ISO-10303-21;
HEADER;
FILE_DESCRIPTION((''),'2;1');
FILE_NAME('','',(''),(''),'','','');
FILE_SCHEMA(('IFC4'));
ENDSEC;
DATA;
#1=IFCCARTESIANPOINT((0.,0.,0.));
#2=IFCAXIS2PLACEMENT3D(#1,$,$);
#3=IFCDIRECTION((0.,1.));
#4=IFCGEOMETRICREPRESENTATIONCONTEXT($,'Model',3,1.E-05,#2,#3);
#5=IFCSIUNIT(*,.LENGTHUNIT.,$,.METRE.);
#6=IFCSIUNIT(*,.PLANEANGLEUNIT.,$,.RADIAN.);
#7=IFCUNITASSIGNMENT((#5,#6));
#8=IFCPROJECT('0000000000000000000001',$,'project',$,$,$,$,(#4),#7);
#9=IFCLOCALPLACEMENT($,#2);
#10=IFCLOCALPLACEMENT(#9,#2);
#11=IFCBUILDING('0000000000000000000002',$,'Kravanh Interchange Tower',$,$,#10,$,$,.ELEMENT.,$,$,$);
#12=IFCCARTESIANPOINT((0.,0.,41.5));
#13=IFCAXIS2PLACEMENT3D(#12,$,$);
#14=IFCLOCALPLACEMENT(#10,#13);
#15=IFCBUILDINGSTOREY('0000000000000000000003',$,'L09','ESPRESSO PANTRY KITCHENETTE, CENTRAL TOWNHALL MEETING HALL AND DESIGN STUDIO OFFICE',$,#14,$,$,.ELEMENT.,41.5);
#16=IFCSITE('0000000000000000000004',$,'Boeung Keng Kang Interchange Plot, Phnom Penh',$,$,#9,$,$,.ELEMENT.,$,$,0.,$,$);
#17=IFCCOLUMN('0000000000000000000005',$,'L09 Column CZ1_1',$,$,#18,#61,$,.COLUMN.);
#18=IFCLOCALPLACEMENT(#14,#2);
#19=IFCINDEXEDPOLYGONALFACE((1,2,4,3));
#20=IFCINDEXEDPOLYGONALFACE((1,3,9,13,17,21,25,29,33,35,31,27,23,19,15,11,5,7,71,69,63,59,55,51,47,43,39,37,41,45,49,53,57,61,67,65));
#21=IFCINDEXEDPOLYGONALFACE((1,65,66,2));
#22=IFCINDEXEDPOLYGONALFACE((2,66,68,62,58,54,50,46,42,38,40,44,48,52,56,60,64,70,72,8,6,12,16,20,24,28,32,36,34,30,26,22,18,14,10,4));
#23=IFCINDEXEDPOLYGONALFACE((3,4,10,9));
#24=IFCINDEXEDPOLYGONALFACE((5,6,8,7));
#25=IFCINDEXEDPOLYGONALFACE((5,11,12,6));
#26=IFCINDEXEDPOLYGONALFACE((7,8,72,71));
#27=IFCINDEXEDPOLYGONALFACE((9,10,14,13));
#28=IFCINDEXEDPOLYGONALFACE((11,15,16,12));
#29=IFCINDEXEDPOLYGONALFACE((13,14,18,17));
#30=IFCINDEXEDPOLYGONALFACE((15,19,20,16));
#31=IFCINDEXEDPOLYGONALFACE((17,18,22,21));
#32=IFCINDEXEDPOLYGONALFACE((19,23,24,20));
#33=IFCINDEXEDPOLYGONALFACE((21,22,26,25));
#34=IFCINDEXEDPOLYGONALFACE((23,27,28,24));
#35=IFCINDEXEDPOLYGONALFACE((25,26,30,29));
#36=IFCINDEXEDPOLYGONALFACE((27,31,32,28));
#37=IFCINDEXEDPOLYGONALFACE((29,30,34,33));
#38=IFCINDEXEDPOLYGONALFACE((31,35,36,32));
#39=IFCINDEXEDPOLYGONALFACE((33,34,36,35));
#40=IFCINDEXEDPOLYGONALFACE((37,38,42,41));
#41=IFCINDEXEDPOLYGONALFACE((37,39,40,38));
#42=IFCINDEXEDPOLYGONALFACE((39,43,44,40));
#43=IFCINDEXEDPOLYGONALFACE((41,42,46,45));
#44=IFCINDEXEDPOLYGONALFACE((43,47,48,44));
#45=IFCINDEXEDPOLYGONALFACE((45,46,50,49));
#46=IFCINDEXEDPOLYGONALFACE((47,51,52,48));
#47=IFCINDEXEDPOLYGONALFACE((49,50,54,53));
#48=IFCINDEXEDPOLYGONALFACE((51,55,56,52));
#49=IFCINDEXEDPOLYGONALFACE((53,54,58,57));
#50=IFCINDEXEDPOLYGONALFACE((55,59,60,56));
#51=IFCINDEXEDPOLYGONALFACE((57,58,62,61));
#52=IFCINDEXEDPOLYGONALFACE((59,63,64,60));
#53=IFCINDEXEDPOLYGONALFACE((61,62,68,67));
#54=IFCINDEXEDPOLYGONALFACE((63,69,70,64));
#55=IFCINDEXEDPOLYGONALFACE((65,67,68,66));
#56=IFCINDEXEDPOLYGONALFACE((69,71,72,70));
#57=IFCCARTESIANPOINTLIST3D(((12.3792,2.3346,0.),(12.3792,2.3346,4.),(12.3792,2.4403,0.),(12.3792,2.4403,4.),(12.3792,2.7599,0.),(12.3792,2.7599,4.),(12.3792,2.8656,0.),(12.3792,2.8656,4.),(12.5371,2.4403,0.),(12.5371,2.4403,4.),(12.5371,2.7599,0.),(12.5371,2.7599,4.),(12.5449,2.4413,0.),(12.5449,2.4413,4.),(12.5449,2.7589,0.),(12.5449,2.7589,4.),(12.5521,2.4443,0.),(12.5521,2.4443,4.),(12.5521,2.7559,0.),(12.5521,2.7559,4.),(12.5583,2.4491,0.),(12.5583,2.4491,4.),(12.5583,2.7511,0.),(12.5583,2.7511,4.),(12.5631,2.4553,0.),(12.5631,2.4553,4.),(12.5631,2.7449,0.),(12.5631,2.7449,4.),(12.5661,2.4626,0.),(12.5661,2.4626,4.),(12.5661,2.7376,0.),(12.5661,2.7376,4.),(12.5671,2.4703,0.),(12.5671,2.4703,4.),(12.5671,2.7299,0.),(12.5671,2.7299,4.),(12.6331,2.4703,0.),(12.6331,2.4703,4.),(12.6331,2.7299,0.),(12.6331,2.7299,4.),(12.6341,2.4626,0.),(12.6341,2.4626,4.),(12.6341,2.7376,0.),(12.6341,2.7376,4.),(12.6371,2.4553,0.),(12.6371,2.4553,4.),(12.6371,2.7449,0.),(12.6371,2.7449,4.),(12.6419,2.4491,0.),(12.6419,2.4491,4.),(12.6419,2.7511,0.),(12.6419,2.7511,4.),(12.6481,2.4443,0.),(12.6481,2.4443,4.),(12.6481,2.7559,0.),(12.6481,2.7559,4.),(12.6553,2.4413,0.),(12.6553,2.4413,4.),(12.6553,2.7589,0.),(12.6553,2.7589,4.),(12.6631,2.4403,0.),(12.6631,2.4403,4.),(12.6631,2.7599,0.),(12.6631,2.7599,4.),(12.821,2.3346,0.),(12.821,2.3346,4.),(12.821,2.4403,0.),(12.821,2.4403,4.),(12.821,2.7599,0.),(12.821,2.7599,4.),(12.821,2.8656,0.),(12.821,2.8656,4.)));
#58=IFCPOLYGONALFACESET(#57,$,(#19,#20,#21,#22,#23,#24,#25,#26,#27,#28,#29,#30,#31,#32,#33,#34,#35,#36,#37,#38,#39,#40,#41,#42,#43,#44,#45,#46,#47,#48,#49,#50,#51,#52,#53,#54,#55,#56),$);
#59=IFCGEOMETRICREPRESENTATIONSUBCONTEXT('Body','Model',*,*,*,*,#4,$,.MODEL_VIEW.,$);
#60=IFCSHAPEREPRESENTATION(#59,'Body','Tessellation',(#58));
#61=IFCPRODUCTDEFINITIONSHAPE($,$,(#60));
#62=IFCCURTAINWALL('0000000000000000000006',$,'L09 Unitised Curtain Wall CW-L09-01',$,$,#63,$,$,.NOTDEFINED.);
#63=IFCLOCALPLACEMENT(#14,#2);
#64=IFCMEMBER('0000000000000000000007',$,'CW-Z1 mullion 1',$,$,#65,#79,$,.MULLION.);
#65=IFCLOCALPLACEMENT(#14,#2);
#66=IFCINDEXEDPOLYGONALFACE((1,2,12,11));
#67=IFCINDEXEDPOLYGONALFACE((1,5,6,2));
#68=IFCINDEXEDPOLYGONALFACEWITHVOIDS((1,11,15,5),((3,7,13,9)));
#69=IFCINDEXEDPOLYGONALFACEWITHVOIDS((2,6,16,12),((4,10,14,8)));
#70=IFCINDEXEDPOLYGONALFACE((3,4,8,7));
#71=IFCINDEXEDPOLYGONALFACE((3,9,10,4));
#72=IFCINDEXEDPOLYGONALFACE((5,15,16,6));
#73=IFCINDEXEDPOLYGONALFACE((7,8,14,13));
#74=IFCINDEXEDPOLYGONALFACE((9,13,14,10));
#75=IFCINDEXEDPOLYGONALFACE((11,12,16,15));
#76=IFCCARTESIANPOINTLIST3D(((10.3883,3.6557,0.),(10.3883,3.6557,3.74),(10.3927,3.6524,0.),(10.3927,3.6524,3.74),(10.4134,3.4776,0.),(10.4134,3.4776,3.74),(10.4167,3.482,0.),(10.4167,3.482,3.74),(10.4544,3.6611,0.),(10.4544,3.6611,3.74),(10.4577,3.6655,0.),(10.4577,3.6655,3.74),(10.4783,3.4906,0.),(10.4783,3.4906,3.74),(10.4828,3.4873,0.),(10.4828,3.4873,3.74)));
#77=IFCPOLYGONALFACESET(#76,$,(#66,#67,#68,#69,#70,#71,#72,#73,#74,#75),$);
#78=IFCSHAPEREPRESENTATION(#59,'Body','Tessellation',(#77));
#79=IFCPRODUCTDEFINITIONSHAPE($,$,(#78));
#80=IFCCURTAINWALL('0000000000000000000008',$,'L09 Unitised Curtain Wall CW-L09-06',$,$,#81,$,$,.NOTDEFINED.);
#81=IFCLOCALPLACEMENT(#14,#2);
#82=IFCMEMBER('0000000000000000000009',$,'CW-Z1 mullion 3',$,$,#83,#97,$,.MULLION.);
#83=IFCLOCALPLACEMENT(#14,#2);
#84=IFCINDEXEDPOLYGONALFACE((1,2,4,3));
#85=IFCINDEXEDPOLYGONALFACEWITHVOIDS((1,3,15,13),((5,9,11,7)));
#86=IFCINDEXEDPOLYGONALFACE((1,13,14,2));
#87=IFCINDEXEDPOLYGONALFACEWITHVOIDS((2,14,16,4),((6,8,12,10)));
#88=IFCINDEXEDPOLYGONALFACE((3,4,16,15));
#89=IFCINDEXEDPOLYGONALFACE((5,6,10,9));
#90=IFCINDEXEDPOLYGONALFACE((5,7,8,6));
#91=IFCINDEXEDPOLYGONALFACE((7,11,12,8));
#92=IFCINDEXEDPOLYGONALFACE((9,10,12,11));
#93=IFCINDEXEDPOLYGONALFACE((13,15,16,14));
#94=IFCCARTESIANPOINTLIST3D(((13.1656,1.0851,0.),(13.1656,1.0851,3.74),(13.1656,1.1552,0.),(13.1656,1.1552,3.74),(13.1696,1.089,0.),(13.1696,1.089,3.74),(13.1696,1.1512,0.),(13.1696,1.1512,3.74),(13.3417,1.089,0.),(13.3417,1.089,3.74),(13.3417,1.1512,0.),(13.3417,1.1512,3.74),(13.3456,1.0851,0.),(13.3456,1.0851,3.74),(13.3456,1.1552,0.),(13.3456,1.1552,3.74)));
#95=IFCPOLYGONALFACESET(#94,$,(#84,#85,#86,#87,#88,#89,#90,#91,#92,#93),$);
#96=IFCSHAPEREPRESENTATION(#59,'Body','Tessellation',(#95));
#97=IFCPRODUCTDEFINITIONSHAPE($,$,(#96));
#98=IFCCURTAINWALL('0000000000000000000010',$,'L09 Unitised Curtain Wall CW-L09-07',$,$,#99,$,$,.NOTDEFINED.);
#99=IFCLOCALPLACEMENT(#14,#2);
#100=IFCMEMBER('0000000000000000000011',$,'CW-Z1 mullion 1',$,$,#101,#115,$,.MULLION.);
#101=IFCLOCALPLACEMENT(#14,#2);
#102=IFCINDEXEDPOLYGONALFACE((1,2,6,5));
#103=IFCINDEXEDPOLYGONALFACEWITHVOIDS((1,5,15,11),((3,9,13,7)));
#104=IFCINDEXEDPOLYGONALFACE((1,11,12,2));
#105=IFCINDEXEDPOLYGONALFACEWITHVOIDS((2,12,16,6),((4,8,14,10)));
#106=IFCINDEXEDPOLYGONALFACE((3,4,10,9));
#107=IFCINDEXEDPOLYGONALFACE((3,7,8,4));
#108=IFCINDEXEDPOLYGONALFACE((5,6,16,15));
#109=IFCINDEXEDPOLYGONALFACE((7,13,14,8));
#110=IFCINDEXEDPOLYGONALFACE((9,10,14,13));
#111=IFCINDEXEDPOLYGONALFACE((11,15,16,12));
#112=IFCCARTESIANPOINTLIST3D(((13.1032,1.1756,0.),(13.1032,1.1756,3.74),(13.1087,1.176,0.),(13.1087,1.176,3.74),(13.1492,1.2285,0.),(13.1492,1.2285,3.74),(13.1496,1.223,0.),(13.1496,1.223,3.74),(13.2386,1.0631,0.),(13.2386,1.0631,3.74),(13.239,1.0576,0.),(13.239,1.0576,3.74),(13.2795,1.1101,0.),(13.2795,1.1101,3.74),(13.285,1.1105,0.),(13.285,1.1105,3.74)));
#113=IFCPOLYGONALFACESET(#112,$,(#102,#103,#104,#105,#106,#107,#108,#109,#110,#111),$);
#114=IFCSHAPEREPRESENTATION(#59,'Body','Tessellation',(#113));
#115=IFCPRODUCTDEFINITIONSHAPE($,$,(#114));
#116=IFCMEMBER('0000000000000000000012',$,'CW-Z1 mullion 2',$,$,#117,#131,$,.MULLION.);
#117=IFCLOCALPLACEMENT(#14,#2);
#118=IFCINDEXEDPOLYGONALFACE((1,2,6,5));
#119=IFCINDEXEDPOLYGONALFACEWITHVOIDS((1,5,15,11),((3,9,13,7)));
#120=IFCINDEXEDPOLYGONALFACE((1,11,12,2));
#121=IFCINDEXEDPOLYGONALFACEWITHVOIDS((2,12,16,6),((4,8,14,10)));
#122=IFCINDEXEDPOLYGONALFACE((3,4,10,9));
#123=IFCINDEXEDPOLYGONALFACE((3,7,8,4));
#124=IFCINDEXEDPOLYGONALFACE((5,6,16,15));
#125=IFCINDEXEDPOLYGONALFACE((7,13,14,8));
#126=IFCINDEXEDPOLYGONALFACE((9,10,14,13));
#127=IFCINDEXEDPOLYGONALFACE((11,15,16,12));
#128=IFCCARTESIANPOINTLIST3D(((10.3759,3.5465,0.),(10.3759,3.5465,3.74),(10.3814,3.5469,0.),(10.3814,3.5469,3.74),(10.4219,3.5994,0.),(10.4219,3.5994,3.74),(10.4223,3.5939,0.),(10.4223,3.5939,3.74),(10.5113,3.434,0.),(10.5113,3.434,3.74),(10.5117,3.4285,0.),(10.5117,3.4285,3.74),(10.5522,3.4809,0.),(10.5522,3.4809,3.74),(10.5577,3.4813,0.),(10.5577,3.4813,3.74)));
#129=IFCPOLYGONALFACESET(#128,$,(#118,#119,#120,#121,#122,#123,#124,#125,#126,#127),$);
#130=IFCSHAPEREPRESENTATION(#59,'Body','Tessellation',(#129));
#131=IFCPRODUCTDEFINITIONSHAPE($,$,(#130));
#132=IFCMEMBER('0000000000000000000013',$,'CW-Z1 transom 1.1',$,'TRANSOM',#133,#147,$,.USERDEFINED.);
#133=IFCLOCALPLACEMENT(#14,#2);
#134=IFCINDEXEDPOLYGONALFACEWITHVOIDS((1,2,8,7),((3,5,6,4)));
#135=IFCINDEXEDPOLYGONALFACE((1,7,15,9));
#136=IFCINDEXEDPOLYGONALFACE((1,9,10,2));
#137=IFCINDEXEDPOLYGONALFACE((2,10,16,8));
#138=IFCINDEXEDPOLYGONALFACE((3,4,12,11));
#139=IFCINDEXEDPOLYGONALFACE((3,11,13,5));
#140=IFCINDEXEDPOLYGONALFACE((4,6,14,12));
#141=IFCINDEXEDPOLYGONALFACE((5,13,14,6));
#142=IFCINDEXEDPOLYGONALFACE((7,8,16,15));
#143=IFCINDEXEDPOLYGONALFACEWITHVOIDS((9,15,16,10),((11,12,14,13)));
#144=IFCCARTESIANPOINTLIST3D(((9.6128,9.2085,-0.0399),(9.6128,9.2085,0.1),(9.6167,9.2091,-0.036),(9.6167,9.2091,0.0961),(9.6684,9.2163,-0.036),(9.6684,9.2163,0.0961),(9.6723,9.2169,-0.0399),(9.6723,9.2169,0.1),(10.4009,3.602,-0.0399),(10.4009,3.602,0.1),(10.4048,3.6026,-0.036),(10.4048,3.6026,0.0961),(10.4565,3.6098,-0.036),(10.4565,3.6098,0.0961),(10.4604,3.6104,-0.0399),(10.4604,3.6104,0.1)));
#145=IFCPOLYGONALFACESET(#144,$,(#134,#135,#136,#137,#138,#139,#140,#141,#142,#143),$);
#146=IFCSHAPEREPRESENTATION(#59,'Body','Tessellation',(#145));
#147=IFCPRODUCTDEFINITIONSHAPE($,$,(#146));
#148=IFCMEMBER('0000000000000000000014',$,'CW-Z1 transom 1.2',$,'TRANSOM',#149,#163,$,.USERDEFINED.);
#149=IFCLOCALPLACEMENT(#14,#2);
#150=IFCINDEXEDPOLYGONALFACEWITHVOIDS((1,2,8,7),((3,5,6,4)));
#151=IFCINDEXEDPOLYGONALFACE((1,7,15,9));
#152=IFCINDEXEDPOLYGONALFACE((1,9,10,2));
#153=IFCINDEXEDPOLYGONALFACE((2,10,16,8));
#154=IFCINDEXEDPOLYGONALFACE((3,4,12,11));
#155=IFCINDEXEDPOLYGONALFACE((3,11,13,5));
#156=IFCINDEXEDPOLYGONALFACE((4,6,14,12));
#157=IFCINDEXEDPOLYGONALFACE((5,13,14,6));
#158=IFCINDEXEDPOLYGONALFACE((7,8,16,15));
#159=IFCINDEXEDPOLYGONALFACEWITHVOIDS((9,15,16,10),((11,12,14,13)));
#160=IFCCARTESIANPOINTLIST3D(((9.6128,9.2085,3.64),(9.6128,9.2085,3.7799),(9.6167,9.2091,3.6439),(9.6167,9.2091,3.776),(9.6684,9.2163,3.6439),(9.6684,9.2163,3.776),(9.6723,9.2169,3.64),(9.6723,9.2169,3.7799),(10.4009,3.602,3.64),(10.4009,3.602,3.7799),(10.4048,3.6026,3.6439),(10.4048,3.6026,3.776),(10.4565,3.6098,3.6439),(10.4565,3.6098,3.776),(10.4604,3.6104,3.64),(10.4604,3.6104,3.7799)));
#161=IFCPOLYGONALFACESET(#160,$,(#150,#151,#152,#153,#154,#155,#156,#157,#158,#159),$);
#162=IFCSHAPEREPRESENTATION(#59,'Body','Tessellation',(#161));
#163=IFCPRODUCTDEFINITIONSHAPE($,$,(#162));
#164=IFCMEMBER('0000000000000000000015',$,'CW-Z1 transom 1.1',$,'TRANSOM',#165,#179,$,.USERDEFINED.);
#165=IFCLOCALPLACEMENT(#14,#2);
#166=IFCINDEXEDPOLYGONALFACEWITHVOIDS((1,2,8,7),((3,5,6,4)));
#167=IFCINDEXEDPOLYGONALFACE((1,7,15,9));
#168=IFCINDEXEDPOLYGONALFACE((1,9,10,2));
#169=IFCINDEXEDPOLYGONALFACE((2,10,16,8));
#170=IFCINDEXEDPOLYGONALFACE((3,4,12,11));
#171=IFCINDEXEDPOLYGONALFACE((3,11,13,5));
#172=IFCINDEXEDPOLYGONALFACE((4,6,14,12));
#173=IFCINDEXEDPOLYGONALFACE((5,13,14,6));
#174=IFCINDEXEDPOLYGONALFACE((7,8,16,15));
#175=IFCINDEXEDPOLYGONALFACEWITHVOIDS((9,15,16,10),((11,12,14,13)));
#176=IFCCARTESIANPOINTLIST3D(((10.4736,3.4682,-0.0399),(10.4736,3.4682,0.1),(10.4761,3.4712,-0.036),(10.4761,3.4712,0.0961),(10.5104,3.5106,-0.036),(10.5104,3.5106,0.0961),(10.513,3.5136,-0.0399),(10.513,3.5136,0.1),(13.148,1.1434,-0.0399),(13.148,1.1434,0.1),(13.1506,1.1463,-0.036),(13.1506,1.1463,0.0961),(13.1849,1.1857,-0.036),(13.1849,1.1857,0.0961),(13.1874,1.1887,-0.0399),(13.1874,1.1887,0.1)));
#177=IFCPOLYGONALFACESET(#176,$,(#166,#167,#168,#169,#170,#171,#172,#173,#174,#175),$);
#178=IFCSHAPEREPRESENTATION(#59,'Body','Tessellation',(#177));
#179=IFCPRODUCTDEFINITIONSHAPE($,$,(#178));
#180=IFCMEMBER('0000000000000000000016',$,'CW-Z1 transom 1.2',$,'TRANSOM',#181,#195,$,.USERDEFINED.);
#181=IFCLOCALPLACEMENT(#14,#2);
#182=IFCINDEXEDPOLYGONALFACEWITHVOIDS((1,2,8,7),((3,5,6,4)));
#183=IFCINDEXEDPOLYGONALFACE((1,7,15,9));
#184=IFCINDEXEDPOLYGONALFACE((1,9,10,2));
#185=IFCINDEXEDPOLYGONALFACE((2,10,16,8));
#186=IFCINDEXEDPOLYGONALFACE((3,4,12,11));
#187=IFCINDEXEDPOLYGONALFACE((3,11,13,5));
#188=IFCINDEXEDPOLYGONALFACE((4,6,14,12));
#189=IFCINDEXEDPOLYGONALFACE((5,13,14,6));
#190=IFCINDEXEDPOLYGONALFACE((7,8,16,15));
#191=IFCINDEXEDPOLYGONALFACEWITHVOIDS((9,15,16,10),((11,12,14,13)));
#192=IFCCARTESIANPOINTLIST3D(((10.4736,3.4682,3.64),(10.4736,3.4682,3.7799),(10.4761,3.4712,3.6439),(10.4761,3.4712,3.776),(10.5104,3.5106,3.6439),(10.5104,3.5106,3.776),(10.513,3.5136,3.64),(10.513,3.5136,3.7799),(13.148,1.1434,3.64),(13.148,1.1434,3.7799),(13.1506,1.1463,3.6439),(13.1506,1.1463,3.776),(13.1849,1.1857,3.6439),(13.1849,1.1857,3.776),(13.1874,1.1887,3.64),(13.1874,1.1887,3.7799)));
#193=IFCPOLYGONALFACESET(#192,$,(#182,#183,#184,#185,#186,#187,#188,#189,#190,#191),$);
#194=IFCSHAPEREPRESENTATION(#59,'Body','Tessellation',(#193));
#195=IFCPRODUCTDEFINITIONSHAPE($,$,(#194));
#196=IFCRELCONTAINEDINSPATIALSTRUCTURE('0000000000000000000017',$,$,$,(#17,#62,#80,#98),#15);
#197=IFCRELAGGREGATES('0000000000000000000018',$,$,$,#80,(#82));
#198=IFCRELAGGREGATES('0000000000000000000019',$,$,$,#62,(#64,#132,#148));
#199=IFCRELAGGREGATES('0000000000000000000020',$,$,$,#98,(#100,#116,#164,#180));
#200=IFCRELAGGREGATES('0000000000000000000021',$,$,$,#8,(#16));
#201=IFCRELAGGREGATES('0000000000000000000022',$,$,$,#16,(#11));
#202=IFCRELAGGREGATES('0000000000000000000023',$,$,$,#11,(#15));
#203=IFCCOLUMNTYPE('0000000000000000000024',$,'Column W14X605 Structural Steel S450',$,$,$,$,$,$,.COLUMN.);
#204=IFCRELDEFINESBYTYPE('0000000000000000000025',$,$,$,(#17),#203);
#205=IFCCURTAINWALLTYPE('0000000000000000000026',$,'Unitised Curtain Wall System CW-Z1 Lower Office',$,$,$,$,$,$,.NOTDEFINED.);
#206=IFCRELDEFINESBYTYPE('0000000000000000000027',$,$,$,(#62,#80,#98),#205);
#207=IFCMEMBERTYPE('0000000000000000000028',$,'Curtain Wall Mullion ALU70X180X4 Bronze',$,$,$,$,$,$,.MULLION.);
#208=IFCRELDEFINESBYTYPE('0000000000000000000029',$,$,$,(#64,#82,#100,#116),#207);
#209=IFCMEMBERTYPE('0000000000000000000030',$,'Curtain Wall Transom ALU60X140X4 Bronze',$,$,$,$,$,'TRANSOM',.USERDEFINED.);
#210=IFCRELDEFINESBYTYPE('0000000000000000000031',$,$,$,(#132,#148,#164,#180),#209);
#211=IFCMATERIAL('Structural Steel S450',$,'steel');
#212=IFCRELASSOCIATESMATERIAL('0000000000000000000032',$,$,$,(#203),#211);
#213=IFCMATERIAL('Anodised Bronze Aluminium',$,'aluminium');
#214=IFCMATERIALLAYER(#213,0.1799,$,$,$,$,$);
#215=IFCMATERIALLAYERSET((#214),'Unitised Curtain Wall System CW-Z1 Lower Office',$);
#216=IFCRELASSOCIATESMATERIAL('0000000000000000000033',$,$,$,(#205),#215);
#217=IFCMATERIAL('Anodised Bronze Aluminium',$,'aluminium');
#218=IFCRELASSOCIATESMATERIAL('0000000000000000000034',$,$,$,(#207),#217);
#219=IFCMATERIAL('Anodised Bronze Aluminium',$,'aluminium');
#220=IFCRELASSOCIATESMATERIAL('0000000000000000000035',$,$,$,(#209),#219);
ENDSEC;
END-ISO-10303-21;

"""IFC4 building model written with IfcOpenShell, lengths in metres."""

from ifc_helpers import new_model, si_unit, direction, frame, origin, origin_2d, place, context, subcontext, project, spatial, hollow_rectangle, i_section, extrude, material, layer, layer_set, material_profile, profile_set, type_object, element, aggregate, save


model = new_model("IFC4")

# Units and contexts
model_context = context("Model", 3, precision=1e-05, world=origin(), true_north=direction((0.0, 1.0)))
body_context = subcontext(model_context, "Body", "Model", "MODEL_VIEW")
ifc_project = project(units=[si_unit("LENGTHUNIT", "METRE"), si_unit("PLANEANGLEUNIT", "RADIAN")], contexts=[model_context])

# Site, building, storey
site_placement = place(None, origin())
site = spatial("IfcSite", under=ifc_project, at=site_placement, Name="Boeung Keng Kang Interchange Plot, Phnom Penh", CompositionType="ELEMENT", RefElevation=0.0)
building_placement = place(site_placement, origin())
building = spatial("IfcBuilding", under=site, at=building_placement, Name="Kravanh Interchange Tower", CompositionType="ELEMENT")
storey_placement = place(building_placement, frame((0.0, 0.0, 41.5)))
storey = spatial("IfcBuildingStorey", under=building, at=storey_placement, Name="L09", Description="ESPRESSO PANTRY KITCHENETTE, CENTRAL TOWNHALL MEETING HALL AND DESIGN STUDIO OFFICE", CompositionType="ELEMENT", Elevation=41.5)

# Column
ifc_material_1 = material(Name="Structural Steel S450", Category="steel")
ifc_material_profile_1 = material_profile(ifc_material_1, i_section(OverallWidth=0.4419, OverallDepth=0.531, WebThickness=0.0659, FlangeThickness=0.1057, FilletRadius=0.03, at=origin_2d()), Name="W14X605")
ifc_profile_set_1 = profile_set([ifc_material_profile_1], Name="Structural Steel S450")
column_type = type_object("IfcColumnType", Name="Column W14X605 Structural Steel S450", PredefinedType="COLUMN", material=ifc_profile_set_1)
column_placement = place(storey_placement, frame((12.6001, 2.6001, 0.0), z_axis=(0.0, 0.0, 1.0), x_axis=(1.0, 0.0, 0.0)))
element("IfcColumn", 1, at=column_placement, inside=storey, type_object=column_type, Name="L09 Column CZ1_1", PredefinedType="COLUMN", context=body_context, shape_type="SweptSolid", body=[
    extrude(i_section(OverallWidth=0.4419, OverallDepth=0.531, WebThickness=0.0659, FlangeThickness=0.1057, FilletRadius=0.03, at=origin_2d()), origin(), (0.0, 0.0, 1.0), 4.0),
])

# Curtain walls, members
ifc_material_2 = material(Name="Anodised Bronze Aluminium", Category="aluminium")
ifc_layer_1 = layer(ifc_material_2, 0.1799)
ifc_layer_set_1 = layer_set([ifc_layer_1], Name="Unitised Curtain Wall System CW-Z1 Lower Office")
curtain_wall_type = type_object("IfcCurtainWallType", Name="Unitised Curtain Wall System CW-Z1 Lower Office", PredefinedType="NOTDEFINED", material=ifc_layer_set_1)
curtain_wall_1_placement = place(storey_placement, origin())
curtain_wall_1 = element("IfcCurtainWall", 2, at=curtain_wall_1_placement, inside=storey, type_object=curtain_wall_type, Name="L09 Unitised Curtain Wall CW-L09-01", PredefinedType="NOTDEFINED")
ifc_material_3 = material(Name="Anodised Bronze Aluminium", Category="aluminium")
ifc_material_profile_2 = material_profile(ifc_material_3, hollow_rectangle(XDim=0.0701, YDim=0.1799, WallThickness=0.0039, at=origin_2d()), Name="ALU70X180X4")
ifc_profile_set_2 = profile_set([ifc_material_profile_2], Name="Anodised Bronze Aluminium")
member_type_1 = type_object("IfcMemberType", Name="Curtain Wall Mullion ALU70X180X4 Bronze", PredefinedType="MULLION", material=ifc_profile_set_2)
member_1_placement = place(storey_placement, frame((10.4355, 3.5715, 0.0), z_axis=(0.0, 0.0, 1.0), x_axis=(-0.990268, -0.139177, 0.0)))
member_1 = element("IfcMember", 3, at=member_1_placement, type_object=member_type_1, Name="CW-Z1 mullion 1", PredefinedType="MULLION", context=body_context, shape_type="SweptSolid", body=[
    extrude(hollow_rectangle(XDim=0.0701, YDim=0.1799, WallThickness=0.0039, at=origin_2d()), origin(), (0.0, 0.0, 1.0), 3.74),
])
curtain_wall_2_placement = place(storey_placement, origin())
curtain_wall_2 = element("IfcCurtainWall", 4, at=curtain_wall_2_placement, inside=storey, type_object=curtain_wall_type, Name="L09 Unitised Curtain Wall CW-L09-06", PredefinedType="NOTDEFINED")
member_2_placement = place(storey_placement, frame((13.2556, 1.1201, 0.0), z_axis=(0.0, 0.0, 1.0), x_axis=(0.0, -1.0, 0.0)))
member_2 = element("IfcMember", 5, at=member_2_placement, type_object=member_type_1, Name="CW-Z1 mullion 3", PredefinedType="MULLION", context=body_context, shape_type="SweptSolid", body=[
    extrude(hollow_rectangle(XDim=0.0701, YDim=0.1799, WallThickness=0.0039, at=origin_2d()), origin(), (0.0, 0.0, 1.0), 3.74),
])
aggregate(curtain_wall_2, [member_2])

# Curtain wall, members
curtain_wall_3_placement = place(storey_placement, origin())
curtain_wall_3 = element("IfcCurtainWall", 6, at=curtain_wall_3_placement, inside=storey, type_object=curtain_wall_type, Name="L09 Unitised Curtain Wall CW-L09-07", PredefinedType="NOTDEFINED")
member_3_placement = place(storey_placement, frame((13.1941, 1.1431, 0.0), z_axis=(0.0, 0.0, 1.0), x_axis=(-0.65606, -0.754708, 0.0)))
member_3 = element("IfcMember", 7, at=member_3_placement, type_object=member_type_1, Name="CW-Z1 mullion 1", PredefinedType="MULLION", context=body_context, shape_type="SweptSolid", body=[
    extrude(hollow_rectangle(XDim=0.0701, YDim=0.1799, WallThickness=0.0039, at=origin_2d()), origin(), (0.0, 0.0, 1.0), 3.74),
])
member_4_placement = place(storey_placement, frame((10.4668, 3.5139, 0.0), z_axis=(0.0, 0.0, 1.0), x_axis=(-0.65606, -0.754708, 0.0)))
member_4 = element("IfcMember", 8, at=member_4_placement, type_object=member_type_1, Name="CW-Z1 mullion 2", PredefinedType="MULLION", context=body_context, shape_type="SweptSolid", body=[
    extrude(hollow_rectangle(XDim=0.0701, YDim=0.1799, WallThickness=0.0039, at=origin_2d()), origin(), (0.0, 0.0, 1.0), 3.74),
])

# Members
ifc_material_4 = material(Name="Anodised Bronze Aluminium", Category="aluminium")
ifc_material_profile_3 = material_profile(ifc_material_4, hollow_rectangle(XDim=0.0601, YDim=0.1399, WallThickness=0.0039, at=origin_2d()), Name="ALU60X140X4")
ifc_profile_set_3 = profile_set([ifc_material_profile_3], Name="Anodised Bronze Aluminium")
member_type_2 = type_object("IfcMemberType", Name="Curtain Wall Transom ALU60X140X4 Bronze", ElementType="TRANSOM", PredefinedType="USERDEFINED", material=ifc_profile_set_3)
member_5_placement = place(storey_placement, frame((10.4307, 3.6062, 0.03), z_axis=(-0.139199, 0.990264, 0.0), x_axis=(-0.990264, -0.139199, 0.0)))
member_5 = element("IfcMember", 9, at=member_5_placement, type_object=member_type_2, Name="CW-Z1 transom 1.1", ObjectType="TRANSOM", PredefinedType="USERDEFINED", context=body_context, shape_type="SweptSolid", body=[
    extrude(hollow_rectangle(XDim=0.0601, YDim=0.1399, WallThickness=0.0039, at=origin_2d()), origin(), (0.0, 0.0, 1.0), 5.6616),
])
member_6_placement = place(storey_placement, frame((10.4307, 3.6062, 3.71), z_axis=(-0.139199, 0.990264, 0.0), x_axis=(-0.990264, -0.139199, 0.0)))
member_6 = element("IfcMember", 10, at=member_6_placement, type_object=member_type_2, Name="CW-Z1 transom 1.2", ObjectType="TRANSOM", PredefinedType="USERDEFINED", context=body_context, shape_type="SweptSolid", body=[
    extrude(hollow_rectangle(XDim=0.0601, YDim=0.1399, WallThickness=0.0039, at=origin_2d()), origin(), (0.0, 0.0, 1.0), 5.6616),
])
aggregate(curtain_wall_1, [member_1, member_5, member_6])
member_7_placement = place(storey_placement, frame((13.1677, 1.166, 0.03), z_axis=(-0.754711, 0.656058, 0.0), x_axis=(-0.656058, -0.754711, 0.0)))
member_7 = element("IfcMember", 11, at=member_7_placement, type_object=member_type_2, Name="CW-Z1 transom 1.1", ObjectType="TRANSOM", PredefinedType="USERDEFINED", context=body_context, shape_type="SweptSolid", body=[
    extrude(hollow_rectangle(XDim=0.0601, YDim=0.1399, WallThickness=0.0039, at=origin_2d()), origin(), (0.0, 0.0, 1.0), 3.5437),
])
member_8_placement = place(storey_placement, frame((13.1677, 1.166, 3.71), z_axis=(-0.754711, 0.656058, 0.0), x_axis=(-0.656058, -0.754711, 0.0)))
member_8 = element("IfcMember", 12, at=member_8_placement, type_object=member_type_2, Name="CW-Z1 transom 1.2", ObjectType="TRANSOM", PredefinedType="USERDEFINED", context=body_context, shape_type="SweptSolid", body=[
    extrude(hollow_rectangle(XDim=0.0601, YDim=0.1399, WallThickness=0.0039, at=origin_2d()), origin(), (0.0, 0.0, 1.0), 3.5437),
])

aggregate(curtain_wall_3, [member_3, member_4, member_7, member_8])

save(model, "model.ifc")
